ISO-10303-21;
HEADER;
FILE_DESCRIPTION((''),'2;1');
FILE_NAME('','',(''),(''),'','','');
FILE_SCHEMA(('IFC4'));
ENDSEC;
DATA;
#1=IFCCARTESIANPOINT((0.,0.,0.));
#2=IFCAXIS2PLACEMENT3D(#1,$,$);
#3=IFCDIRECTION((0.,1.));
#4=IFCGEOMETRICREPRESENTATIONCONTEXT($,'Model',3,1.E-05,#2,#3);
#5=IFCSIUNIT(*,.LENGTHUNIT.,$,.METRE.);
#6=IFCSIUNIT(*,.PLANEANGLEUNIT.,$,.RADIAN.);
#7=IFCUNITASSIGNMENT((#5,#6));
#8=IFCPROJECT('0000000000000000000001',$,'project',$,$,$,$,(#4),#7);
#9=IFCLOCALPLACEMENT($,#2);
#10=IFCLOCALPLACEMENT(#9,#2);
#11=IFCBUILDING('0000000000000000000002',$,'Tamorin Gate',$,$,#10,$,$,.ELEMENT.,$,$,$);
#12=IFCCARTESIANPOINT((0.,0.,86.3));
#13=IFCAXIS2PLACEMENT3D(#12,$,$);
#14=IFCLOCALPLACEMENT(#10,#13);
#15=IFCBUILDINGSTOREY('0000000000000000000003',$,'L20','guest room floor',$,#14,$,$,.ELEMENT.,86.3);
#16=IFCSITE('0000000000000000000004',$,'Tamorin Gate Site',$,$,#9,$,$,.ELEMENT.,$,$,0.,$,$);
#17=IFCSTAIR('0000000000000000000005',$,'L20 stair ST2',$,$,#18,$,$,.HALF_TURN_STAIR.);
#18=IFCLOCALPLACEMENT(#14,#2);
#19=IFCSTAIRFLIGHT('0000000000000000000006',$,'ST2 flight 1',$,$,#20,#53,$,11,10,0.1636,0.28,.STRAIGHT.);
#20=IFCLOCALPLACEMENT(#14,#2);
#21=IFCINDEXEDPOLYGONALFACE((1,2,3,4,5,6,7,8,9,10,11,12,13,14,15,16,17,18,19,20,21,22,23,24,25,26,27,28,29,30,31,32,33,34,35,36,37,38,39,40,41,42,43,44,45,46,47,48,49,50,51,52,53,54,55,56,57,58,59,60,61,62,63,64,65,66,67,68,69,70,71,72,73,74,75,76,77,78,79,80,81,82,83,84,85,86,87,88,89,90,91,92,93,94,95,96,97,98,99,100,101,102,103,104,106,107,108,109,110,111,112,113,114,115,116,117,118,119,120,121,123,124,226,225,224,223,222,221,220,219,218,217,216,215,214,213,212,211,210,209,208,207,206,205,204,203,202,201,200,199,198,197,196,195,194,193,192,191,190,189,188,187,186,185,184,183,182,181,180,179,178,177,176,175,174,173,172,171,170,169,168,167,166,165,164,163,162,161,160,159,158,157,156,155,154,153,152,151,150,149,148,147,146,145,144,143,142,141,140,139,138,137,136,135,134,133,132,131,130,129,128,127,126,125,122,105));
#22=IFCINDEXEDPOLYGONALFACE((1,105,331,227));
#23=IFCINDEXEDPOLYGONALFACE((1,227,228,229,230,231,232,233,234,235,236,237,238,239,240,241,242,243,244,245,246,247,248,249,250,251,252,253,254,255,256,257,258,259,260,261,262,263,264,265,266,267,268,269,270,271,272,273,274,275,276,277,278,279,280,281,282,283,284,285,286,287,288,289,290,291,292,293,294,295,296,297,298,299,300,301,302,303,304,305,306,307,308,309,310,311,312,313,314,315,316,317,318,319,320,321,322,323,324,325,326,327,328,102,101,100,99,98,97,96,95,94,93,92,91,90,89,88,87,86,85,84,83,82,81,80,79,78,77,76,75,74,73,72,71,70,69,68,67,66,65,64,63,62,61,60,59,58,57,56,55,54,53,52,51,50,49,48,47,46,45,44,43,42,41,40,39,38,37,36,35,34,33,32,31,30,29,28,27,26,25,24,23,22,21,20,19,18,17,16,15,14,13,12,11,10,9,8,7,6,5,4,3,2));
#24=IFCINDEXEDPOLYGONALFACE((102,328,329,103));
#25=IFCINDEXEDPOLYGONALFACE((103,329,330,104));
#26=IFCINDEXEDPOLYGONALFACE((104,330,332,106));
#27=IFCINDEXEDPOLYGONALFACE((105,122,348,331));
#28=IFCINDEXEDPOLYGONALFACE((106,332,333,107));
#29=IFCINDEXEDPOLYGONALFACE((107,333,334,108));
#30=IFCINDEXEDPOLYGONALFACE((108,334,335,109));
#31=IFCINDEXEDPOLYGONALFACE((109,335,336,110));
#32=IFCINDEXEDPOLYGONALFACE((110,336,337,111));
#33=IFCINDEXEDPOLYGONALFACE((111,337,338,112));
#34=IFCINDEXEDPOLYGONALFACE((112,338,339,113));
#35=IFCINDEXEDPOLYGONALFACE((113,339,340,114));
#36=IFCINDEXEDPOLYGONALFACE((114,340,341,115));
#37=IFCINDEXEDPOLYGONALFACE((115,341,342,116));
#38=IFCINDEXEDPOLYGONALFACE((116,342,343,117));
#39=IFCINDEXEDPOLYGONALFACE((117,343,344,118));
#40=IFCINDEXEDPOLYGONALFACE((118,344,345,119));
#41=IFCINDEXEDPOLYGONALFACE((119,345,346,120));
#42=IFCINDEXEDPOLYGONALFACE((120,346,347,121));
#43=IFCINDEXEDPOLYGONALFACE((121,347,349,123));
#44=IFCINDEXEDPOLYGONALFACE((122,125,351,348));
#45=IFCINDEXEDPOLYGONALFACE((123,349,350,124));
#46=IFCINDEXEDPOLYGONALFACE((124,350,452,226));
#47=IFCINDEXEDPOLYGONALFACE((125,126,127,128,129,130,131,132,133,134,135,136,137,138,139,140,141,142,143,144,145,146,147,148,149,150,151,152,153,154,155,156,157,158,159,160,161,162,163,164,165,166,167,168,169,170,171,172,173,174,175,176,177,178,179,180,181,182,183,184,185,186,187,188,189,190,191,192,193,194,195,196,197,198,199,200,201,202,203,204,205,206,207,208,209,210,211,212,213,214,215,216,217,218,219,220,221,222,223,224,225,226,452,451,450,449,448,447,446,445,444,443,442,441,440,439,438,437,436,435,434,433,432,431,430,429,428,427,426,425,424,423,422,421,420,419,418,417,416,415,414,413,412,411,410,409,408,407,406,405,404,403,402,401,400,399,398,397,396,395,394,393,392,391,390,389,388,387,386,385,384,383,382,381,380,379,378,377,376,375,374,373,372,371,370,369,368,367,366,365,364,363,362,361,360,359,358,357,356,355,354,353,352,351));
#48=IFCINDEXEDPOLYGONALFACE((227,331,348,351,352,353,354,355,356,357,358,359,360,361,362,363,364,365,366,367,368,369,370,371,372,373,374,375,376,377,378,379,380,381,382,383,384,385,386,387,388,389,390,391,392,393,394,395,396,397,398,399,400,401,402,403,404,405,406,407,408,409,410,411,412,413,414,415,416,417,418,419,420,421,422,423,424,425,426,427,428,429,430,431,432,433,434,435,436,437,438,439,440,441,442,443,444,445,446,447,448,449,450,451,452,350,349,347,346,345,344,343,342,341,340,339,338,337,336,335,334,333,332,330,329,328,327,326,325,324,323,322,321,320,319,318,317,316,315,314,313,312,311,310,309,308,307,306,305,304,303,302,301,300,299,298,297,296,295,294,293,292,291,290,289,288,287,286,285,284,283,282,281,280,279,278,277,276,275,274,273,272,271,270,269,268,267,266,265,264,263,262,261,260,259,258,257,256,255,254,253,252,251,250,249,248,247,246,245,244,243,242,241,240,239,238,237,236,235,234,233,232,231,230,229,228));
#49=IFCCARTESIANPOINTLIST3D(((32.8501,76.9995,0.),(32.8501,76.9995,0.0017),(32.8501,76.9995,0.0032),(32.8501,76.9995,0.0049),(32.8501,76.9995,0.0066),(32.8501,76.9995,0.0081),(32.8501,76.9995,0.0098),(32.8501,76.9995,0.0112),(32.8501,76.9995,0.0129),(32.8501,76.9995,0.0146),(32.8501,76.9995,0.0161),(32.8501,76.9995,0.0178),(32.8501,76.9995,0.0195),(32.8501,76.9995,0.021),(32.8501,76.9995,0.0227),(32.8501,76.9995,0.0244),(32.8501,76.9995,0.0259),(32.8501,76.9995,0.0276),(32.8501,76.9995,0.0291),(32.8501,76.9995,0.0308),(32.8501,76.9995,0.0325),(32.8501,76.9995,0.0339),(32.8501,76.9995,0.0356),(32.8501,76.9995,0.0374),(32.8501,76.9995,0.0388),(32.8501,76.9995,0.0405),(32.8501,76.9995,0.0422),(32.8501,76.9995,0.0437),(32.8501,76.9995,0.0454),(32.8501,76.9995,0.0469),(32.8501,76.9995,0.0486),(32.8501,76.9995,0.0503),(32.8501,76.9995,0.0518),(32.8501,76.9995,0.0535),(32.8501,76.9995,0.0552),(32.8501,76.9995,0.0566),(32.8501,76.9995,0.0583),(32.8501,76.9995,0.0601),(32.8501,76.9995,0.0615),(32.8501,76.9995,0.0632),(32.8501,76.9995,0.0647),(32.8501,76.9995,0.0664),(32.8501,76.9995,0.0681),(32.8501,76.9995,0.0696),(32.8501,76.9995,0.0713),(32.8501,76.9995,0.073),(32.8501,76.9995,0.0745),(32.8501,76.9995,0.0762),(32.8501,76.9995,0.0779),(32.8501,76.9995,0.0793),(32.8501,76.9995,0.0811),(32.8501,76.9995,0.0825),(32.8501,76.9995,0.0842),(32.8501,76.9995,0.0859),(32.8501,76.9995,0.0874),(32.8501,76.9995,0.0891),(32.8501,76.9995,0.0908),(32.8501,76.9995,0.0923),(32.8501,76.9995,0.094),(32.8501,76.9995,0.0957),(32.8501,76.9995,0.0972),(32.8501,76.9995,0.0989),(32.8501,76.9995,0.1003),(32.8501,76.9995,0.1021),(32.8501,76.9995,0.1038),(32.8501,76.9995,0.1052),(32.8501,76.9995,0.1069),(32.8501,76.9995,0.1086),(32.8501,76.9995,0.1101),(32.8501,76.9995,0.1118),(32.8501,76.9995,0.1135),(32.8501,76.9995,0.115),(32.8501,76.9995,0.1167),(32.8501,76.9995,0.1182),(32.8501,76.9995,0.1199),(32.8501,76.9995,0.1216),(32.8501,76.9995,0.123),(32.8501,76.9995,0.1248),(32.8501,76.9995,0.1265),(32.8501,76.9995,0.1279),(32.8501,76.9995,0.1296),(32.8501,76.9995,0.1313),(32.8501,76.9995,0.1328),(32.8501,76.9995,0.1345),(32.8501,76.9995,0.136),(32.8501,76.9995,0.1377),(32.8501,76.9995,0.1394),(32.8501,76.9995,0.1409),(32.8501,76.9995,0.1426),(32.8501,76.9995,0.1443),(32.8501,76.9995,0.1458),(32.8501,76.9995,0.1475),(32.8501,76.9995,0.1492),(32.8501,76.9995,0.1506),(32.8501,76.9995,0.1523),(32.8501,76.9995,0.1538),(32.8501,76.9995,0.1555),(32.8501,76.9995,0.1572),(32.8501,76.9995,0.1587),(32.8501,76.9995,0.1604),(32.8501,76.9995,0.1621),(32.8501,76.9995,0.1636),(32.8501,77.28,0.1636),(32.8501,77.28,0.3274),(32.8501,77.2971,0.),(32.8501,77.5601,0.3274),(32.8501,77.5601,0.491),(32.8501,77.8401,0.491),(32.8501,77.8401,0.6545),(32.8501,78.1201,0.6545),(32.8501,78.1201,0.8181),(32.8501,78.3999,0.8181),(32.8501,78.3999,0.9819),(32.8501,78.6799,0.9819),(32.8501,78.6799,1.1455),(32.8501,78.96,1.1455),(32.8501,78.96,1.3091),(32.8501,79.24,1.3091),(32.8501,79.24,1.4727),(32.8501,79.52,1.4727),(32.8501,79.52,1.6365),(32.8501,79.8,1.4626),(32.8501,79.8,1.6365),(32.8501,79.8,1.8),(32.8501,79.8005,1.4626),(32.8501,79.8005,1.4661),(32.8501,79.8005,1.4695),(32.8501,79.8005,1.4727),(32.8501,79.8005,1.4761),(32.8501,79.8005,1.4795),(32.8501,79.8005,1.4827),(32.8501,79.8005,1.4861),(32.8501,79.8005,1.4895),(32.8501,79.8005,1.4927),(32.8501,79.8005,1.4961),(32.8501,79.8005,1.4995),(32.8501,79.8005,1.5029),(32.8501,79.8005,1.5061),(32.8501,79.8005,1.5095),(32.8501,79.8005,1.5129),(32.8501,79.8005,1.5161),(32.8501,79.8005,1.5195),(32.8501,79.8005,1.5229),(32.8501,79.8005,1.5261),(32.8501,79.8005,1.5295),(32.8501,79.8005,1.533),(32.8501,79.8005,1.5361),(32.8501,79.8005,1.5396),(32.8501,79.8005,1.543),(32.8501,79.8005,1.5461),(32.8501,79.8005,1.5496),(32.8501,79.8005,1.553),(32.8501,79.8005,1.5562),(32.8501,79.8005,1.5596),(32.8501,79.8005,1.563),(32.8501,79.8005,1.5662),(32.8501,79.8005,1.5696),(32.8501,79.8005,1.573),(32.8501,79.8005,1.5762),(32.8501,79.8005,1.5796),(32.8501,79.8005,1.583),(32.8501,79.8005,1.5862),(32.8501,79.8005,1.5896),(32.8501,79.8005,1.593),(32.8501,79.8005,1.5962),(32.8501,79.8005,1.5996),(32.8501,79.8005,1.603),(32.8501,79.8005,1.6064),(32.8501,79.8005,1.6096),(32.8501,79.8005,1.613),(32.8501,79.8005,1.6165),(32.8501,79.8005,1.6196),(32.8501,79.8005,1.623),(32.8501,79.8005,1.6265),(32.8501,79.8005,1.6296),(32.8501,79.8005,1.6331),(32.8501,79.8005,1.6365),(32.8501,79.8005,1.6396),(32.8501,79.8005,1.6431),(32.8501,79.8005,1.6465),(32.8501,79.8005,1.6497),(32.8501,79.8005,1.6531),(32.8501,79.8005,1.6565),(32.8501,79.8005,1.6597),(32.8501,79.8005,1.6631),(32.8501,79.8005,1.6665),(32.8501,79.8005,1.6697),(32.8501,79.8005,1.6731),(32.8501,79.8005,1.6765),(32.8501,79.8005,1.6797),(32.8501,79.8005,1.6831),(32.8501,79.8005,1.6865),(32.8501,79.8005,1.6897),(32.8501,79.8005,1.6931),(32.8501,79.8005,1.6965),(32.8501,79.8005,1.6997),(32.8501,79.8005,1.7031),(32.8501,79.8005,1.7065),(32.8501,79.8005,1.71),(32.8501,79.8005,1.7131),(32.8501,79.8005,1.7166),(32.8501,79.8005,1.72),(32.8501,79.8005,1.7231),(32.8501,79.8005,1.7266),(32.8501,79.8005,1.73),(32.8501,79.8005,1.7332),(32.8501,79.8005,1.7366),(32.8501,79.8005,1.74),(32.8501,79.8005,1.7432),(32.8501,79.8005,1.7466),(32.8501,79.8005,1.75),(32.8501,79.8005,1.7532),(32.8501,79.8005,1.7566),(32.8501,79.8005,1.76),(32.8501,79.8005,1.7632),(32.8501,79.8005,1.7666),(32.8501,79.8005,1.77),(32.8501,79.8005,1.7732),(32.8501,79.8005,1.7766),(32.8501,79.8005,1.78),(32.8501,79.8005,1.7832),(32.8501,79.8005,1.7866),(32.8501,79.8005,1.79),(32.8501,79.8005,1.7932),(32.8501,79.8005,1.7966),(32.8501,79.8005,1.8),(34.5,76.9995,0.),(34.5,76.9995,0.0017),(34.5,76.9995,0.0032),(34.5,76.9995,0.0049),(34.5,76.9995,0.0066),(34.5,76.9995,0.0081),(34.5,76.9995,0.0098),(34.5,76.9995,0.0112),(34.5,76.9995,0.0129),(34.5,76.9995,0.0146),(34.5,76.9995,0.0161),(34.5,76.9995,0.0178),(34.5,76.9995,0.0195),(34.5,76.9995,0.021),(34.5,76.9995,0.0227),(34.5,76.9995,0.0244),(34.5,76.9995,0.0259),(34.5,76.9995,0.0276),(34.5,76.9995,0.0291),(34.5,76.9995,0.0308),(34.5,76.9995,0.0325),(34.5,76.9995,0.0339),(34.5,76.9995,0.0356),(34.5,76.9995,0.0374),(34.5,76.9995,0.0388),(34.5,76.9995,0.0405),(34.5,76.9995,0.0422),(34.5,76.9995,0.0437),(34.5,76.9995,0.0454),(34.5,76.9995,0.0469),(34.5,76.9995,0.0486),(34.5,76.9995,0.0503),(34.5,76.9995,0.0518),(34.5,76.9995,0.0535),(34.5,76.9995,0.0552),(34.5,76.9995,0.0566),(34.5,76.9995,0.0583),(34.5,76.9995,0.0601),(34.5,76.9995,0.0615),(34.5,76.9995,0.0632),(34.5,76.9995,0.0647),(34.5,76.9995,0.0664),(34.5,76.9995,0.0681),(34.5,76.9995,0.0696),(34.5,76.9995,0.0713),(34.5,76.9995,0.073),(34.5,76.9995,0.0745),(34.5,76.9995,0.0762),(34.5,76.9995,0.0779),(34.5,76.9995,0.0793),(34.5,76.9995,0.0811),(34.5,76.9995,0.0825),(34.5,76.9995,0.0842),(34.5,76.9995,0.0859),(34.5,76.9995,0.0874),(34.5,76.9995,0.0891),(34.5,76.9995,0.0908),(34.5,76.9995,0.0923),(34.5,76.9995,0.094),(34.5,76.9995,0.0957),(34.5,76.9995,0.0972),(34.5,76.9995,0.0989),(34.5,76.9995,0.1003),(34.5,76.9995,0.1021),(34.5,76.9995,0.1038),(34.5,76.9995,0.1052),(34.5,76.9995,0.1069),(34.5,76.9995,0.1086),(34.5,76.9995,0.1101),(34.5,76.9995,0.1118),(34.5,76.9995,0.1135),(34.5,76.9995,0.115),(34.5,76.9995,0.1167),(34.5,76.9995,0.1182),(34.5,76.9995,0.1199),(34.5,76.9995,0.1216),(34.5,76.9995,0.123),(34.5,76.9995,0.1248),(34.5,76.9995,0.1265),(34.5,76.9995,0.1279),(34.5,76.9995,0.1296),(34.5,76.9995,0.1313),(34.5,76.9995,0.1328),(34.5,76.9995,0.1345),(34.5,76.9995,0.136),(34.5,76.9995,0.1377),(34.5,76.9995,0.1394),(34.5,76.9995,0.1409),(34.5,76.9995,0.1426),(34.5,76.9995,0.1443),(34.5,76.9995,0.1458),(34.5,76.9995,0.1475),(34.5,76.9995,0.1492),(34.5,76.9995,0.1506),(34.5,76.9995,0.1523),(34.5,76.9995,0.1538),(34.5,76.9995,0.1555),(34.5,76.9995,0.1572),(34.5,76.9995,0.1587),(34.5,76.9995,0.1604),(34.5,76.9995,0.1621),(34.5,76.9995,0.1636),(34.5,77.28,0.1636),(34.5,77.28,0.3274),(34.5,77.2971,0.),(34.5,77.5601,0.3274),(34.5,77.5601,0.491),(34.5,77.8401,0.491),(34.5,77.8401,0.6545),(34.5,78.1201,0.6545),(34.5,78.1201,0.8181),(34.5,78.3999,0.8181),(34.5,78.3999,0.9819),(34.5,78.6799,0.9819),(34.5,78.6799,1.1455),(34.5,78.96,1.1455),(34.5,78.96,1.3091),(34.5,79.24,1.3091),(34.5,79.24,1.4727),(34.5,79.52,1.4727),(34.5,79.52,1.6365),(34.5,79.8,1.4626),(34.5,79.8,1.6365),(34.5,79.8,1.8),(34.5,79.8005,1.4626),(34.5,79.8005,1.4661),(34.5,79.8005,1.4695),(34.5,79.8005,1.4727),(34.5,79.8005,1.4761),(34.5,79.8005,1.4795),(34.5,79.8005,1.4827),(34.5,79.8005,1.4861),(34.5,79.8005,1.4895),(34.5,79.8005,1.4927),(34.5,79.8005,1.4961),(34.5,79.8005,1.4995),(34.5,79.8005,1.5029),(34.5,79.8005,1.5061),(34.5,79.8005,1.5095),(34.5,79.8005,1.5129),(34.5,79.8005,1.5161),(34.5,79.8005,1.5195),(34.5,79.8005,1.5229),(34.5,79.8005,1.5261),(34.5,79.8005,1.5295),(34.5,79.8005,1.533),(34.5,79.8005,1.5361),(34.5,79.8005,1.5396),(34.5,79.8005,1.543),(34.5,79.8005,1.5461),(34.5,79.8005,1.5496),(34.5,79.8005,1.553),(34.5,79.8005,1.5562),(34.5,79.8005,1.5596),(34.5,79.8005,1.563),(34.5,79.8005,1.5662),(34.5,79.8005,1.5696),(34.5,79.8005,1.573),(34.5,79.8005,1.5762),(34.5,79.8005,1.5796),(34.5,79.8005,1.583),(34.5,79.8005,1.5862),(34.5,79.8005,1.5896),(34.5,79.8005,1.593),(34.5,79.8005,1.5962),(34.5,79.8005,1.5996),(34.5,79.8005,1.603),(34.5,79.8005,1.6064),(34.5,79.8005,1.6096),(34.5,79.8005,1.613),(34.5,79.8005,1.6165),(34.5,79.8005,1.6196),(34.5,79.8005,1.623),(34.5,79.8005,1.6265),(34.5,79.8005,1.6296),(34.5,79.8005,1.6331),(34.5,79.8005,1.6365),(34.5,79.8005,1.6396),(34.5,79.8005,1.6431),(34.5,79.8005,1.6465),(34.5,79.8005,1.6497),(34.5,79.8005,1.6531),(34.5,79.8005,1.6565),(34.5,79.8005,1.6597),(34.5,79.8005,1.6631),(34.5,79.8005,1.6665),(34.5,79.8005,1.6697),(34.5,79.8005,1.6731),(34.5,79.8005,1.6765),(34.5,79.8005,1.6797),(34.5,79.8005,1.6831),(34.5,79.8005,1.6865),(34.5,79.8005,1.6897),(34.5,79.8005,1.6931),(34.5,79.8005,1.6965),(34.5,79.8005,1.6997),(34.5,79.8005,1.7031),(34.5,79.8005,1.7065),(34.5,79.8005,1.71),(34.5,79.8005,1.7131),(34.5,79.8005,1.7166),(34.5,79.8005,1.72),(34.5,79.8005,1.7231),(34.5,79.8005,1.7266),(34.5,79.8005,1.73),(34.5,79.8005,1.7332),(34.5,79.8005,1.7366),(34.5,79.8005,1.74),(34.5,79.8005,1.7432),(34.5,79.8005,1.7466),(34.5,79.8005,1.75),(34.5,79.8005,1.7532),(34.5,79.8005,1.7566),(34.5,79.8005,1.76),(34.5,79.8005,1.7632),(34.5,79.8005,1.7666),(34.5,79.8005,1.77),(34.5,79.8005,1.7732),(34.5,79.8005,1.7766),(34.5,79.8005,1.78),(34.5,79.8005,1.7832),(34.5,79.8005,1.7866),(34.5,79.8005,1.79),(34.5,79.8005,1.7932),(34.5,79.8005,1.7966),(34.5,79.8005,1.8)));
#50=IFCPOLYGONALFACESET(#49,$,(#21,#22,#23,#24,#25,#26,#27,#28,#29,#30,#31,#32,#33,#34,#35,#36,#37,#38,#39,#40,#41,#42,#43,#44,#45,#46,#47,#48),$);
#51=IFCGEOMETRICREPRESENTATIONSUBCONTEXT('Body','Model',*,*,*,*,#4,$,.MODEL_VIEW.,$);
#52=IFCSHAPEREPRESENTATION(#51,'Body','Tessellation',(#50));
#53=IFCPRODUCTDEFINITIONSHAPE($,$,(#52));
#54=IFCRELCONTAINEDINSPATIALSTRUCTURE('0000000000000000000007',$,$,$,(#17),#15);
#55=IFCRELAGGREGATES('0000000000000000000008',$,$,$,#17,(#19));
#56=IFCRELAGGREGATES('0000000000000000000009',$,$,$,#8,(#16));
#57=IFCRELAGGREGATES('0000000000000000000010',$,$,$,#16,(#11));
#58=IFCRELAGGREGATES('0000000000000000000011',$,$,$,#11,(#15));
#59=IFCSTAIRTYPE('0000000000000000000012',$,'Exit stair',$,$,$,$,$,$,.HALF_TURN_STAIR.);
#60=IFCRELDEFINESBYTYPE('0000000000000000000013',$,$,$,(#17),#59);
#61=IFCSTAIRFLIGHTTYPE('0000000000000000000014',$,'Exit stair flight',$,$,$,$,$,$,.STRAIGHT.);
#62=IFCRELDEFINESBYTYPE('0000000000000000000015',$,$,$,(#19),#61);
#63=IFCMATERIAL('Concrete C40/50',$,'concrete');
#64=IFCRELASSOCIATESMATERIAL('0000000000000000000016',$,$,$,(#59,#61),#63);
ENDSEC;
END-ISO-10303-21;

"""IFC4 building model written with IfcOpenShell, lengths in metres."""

from ifc_helpers import new_model, si_unit, direction, frame, origin, place, context, subcontext, project, spatial, polyline, outline, extrude, material, type_object, element, aggregate, save


model = new_model("IFC4")

# Units and contexts
model_context = context("Model", 3, precision=1e-05, world=origin(), true_north=direction((0.0, 1.0)))
body_context = subcontext(model_context, "Body", "Model", "MODEL_VIEW")
ifc_project = project(units=[si_unit("LENGTHUNIT", "METRE"), si_unit("PLANEANGLEUNIT", "RADIAN")], contexts=[model_context])

# Site, building, storey
site_placement = place(None, origin())
site = spatial("IfcSite", under=ifc_project, at=site_placement, Name="Tamorin Gate Site", CompositionType="ELEMENT", RefElevation=0.0)
building_placement = place(site_placement, origin())
building = spatial("IfcBuilding", under=site, at=building_placement, Name="Tamorin Gate", CompositionType="ELEMENT")
storey_placement = place(building_placement, frame((0.0, 0.0, 86.3)))
storey = spatial("IfcBuildingStorey", under=building, at=storey_placement, Name="L20", Description="guest room floor", CompositionType="ELEMENT", Elevation=86.3)

# Shared definitions
ifc_material_1 = material(Name="Concrete C40/50", Category="concrete")

# Stair, stair flight
stair_type = type_object("IfcStairType", Name="Exit stair", PredefinedType="HALF_TURN_STAIR", material=ifc_material_1)
stair_placement = place(storey_placement, origin())
stair = element("IfcStair", 1, at=stair_placement, inside=storey, type_object=stair_type, Name="L20 stair ST2", PredefinedType="HALF_TURN_STAIR")
stair_flight_type = type_object("IfcStairFlightType", Name="Exit stair flight", PredefinedType="STRAIGHT", material=ifc_material_1)
stair_flight_1_placement = place(storey_placement, frame((33.675, 77.0, 0.0), z_axis=(0.0, 0.0, 1.0), x_axis=(0.0, 1.0, 0.0)))
stair_flight_1 = element("IfcStairFlight", 2, at=stair_flight_1_placement, type_object=stair_flight_type, Name="ST2 flight 1", NumberOfRisers=11, NumberOfTreads=10, PredefinedType="STRAIGHT", RiserHeight=0.1636, TreadLength=0.28, context=body_context, shape_type="SweptSolid", body=[
    extrude(outline(polyline([(-0.0005, 0.0), (-0.0005, 0.0017), (-0.0005, 0.0032), (-0.0005, 0.0049), (-0.0005, 0.0066), (-0.0005, 0.0081), (-0.0005, 0.0098), (-0.0005, 0.0112), (-0.0005, 0.0129), (-0.0005, 0.0146), (-0.0005, 0.0161), (-0.0005, 0.0178), (-0.0005, 0.0195), (-0.0005, 0.021), (-0.0005, 0.0227), (-0.0005, 0.0244), (-0.0005, 0.0259), (-0.0005, 0.0276), (-0.0005, 0.0291), (-0.0005, 0.0308), (-0.0005, 0.0325), (-0.0005, 0.0339), (-0.0005, 0.0356), (-0.0005, 0.0374), (-0.0005, 0.0388), (-0.0005, 0.0405), (-0.0005, 0.0422), (-0.0005, 0.0437), (-0.0005, 0.0454), (-0.0005, 0.0469), (-0.0005, 0.0486), (-0.0005, 0.0503), (-0.0005, 0.0518), (-0.0005, 0.0535), (-0.0005, 0.0552), (-0.0005, 0.0566), (-0.0005, 0.0583), (-0.0005, 0.0601), (-0.0005, 0.0615), (-0.0005, 0.0632), (-0.0005, 0.0647), (-0.0005, 0.0664), (-0.0005, 0.0681), (-0.0005, 0.0696), (-0.0005, 0.0713), (-0.0005, 0.073), (-0.0005, 0.0745), (-0.0005, 0.0762), (-0.0005, 0.0779), (-0.0005, 0.0793), (-0.0005, 0.0811), (-0.0005, 0.0825), (-0.0005, 0.0842), (-0.0005, 0.0859), (-0.0005, 0.0874), (-0.0005, 0.0891), (-0.0005, 0.0908), (-0.0005, 0.0923), (-0.0005, 0.094), (-0.0005, 0.0957), (-0.0005, 0.0972), (-0.0005, 0.0989), (-0.0005, 0.1003), (-0.0005, 0.1021), (-0.0005, 0.1038), (-0.0005, 0.1052), (-0.0005, 0.1069), (-0.0005, 0.1086), (-0.0005, 0.1101), (-0.0005, 0.1118), (-0.0005, 0.1135), (-0.0005, 0.115), (-0.0005, 0.1167), (-0.0005, 0.1182), (-0.0005, 0.1199), (-0.0005, 0.1216), (-0.0005, 0.123), (-0.0005, 0.1248), (-0.0005, 0.1265), (-0.0005, 0.1279), (-0.0005, 0.1296), (-0.0005, 0.1313), (-0.0005, 0.1328), (-0.0005, 0.1345), (-0.0005, 0.136), (-0.0005, 0.1377), (-0.0005, 0.1394), (-0.0005, 0.1409), (-0.0005, 0.1426), (-0.0005, 0.1443), (-0.0005, 0.1458), (-0.0005, 0.1475), (-0.0005, 0.1492), (-0.0005, 0.1506), (-0.0005, 0.1523), (-0.0005, 0.1538), (-0.0005, 0.1555), (-0.0005, 0.1572), (-0.0005, 0.1587), (-0.0005, 0.1604), (-0.0005, 0.1621), (-0.0005, 0.1636), (0.28, 0.1636), (0.28, 0.3274), (0.5601, 0.3274), (0.5601, 0.491), (0.8401, 0.491), (0.8401, 0.6545), (1.1201, 0.6545), (1.1201, 0.8181), (1.3999, 0.8181), (1.3999, 0.9819), (1.6799, 0.9819), (1.6799, 1.1455), (1.96, 1.1455), (1.96, 1.3091), (2.24, 1.3091), (2.24, 1.4727), (2.52, 1.4727), (2.52, 1.6365), (2.8, 1.6365), (2.8, 1.8), (2.8005, 1.8), (2.8005, 1.7966), (2.8005, 1.7932), (2.8005, 1.79), (2.8005, 1.7866), (2.8005, 1.7832), (2.8005, 1.78), (2.8005, 1.7766), (2.8005, 1.7732), (2.8005, 1.77), (2.8005, 1.7666), (2.8005, 1.7632), (2.8005, 1.76), (2.8005, 1.7566), (2.8005, 1.7532), (2.8005, 1.75), (2.8005, 1.7466), (2.8005, 1.7432), (2.8005, 1.74), (2.8005, 1.7366), (2.8005, 1.7332), (2.8005, 1.73), (2.8005, 1.7266), (2.8005, 1.7231), (2.8005, 1.72), (2.8005, 1.7166), (2.8005, 1.7131), (2.8005, 1.71), (2.8005, 1.7065), (2.8005, 1.7031), (2.8005, 1.6997), (2.8005, 1.6965), (2.8005, 1.6931), (2.8005, 1.6897), (2.8005, 1.6865), (2.8005, 1.6831), (2.8005, 1.6797), (2.8005, 1.6765), (2.8005, 1.6731), (2.8005, 1.6697), (2.8005, 1.6665), (2.8005, 1.6631), (2.8005, 1.6597), (2.8005, 1.6565), (2.8005, 1.6531), (2.8005, 1.6497), (2.8005, 1.6465), (2.8005, 1.6431), (2.8005, 1.6396), (2.8005, 1.6365), (2.8005, 1.6331), (2.8005, 1.6296), (2.8005, 1.6265), (2.8005, 1.623), (2.8005, 1.6196), (2.8005, 1.6165), (2.8005, 1.613), (2.8005, 1.6096), (2.8005, 1.6064), (2.8005, 1.603), (2.8005, 1.5996), (2.8005, 1.5962), (2.8005, 1.593), (2.8005, 1.5896), (2.8005, 1.5862), (2.8005, 1.583), (2.8005, 1.5796), (2.8005, 1.5762), (2.8005, 1.573), (2.8005, 1.5696), (2.8005, 1.5662), (2.8005, 1.563), (2.8005, 1.5596), (2.8005, 1.5562), (2.8005, 1.553), (2.8005, 1.5496), (2.8005, 1.5461), (2.8005, 1.543), (2.8005, 1.5396), (2.8005, 1.5361), (2.8005, 1.533), (2.8005, 1.5295), (2.8005, 1.5261), (2.8005, 1.5229), (2.8005, 1.5195), (2.8005, 1.5161), (2.8005, 1.5129), (2.8005, 1.5095), (2.8005, 1.5061), (2.8005, 1.5029), (2.8005, 1.4995), (2.8005, 1.4961), (2.8005, 1.4927), (2.8005, 1.4895), (2.8005, 1.4861), (2.8005, 1.4827), (2.8005, 1.4795), (2.8005, 1.4761), (2.8005, 1.4727), (2.8005, 1.4695), (2.8005, 1.4661), (2.8005, 1.4626), (2.8, 1.4626), (0.2971, 0.0), (-0.0005, 0.0)])), frame((0.0, 0.825, 0.0), z_axis=(0.0, -1.0, 0.0), x_axis=(1.0, 0.0, 0.0)), (0.0, 0.0, 1.0), 1.6499),
])
aggregate(stair, [stair_flight_1])

save(model, "model.ifc")
